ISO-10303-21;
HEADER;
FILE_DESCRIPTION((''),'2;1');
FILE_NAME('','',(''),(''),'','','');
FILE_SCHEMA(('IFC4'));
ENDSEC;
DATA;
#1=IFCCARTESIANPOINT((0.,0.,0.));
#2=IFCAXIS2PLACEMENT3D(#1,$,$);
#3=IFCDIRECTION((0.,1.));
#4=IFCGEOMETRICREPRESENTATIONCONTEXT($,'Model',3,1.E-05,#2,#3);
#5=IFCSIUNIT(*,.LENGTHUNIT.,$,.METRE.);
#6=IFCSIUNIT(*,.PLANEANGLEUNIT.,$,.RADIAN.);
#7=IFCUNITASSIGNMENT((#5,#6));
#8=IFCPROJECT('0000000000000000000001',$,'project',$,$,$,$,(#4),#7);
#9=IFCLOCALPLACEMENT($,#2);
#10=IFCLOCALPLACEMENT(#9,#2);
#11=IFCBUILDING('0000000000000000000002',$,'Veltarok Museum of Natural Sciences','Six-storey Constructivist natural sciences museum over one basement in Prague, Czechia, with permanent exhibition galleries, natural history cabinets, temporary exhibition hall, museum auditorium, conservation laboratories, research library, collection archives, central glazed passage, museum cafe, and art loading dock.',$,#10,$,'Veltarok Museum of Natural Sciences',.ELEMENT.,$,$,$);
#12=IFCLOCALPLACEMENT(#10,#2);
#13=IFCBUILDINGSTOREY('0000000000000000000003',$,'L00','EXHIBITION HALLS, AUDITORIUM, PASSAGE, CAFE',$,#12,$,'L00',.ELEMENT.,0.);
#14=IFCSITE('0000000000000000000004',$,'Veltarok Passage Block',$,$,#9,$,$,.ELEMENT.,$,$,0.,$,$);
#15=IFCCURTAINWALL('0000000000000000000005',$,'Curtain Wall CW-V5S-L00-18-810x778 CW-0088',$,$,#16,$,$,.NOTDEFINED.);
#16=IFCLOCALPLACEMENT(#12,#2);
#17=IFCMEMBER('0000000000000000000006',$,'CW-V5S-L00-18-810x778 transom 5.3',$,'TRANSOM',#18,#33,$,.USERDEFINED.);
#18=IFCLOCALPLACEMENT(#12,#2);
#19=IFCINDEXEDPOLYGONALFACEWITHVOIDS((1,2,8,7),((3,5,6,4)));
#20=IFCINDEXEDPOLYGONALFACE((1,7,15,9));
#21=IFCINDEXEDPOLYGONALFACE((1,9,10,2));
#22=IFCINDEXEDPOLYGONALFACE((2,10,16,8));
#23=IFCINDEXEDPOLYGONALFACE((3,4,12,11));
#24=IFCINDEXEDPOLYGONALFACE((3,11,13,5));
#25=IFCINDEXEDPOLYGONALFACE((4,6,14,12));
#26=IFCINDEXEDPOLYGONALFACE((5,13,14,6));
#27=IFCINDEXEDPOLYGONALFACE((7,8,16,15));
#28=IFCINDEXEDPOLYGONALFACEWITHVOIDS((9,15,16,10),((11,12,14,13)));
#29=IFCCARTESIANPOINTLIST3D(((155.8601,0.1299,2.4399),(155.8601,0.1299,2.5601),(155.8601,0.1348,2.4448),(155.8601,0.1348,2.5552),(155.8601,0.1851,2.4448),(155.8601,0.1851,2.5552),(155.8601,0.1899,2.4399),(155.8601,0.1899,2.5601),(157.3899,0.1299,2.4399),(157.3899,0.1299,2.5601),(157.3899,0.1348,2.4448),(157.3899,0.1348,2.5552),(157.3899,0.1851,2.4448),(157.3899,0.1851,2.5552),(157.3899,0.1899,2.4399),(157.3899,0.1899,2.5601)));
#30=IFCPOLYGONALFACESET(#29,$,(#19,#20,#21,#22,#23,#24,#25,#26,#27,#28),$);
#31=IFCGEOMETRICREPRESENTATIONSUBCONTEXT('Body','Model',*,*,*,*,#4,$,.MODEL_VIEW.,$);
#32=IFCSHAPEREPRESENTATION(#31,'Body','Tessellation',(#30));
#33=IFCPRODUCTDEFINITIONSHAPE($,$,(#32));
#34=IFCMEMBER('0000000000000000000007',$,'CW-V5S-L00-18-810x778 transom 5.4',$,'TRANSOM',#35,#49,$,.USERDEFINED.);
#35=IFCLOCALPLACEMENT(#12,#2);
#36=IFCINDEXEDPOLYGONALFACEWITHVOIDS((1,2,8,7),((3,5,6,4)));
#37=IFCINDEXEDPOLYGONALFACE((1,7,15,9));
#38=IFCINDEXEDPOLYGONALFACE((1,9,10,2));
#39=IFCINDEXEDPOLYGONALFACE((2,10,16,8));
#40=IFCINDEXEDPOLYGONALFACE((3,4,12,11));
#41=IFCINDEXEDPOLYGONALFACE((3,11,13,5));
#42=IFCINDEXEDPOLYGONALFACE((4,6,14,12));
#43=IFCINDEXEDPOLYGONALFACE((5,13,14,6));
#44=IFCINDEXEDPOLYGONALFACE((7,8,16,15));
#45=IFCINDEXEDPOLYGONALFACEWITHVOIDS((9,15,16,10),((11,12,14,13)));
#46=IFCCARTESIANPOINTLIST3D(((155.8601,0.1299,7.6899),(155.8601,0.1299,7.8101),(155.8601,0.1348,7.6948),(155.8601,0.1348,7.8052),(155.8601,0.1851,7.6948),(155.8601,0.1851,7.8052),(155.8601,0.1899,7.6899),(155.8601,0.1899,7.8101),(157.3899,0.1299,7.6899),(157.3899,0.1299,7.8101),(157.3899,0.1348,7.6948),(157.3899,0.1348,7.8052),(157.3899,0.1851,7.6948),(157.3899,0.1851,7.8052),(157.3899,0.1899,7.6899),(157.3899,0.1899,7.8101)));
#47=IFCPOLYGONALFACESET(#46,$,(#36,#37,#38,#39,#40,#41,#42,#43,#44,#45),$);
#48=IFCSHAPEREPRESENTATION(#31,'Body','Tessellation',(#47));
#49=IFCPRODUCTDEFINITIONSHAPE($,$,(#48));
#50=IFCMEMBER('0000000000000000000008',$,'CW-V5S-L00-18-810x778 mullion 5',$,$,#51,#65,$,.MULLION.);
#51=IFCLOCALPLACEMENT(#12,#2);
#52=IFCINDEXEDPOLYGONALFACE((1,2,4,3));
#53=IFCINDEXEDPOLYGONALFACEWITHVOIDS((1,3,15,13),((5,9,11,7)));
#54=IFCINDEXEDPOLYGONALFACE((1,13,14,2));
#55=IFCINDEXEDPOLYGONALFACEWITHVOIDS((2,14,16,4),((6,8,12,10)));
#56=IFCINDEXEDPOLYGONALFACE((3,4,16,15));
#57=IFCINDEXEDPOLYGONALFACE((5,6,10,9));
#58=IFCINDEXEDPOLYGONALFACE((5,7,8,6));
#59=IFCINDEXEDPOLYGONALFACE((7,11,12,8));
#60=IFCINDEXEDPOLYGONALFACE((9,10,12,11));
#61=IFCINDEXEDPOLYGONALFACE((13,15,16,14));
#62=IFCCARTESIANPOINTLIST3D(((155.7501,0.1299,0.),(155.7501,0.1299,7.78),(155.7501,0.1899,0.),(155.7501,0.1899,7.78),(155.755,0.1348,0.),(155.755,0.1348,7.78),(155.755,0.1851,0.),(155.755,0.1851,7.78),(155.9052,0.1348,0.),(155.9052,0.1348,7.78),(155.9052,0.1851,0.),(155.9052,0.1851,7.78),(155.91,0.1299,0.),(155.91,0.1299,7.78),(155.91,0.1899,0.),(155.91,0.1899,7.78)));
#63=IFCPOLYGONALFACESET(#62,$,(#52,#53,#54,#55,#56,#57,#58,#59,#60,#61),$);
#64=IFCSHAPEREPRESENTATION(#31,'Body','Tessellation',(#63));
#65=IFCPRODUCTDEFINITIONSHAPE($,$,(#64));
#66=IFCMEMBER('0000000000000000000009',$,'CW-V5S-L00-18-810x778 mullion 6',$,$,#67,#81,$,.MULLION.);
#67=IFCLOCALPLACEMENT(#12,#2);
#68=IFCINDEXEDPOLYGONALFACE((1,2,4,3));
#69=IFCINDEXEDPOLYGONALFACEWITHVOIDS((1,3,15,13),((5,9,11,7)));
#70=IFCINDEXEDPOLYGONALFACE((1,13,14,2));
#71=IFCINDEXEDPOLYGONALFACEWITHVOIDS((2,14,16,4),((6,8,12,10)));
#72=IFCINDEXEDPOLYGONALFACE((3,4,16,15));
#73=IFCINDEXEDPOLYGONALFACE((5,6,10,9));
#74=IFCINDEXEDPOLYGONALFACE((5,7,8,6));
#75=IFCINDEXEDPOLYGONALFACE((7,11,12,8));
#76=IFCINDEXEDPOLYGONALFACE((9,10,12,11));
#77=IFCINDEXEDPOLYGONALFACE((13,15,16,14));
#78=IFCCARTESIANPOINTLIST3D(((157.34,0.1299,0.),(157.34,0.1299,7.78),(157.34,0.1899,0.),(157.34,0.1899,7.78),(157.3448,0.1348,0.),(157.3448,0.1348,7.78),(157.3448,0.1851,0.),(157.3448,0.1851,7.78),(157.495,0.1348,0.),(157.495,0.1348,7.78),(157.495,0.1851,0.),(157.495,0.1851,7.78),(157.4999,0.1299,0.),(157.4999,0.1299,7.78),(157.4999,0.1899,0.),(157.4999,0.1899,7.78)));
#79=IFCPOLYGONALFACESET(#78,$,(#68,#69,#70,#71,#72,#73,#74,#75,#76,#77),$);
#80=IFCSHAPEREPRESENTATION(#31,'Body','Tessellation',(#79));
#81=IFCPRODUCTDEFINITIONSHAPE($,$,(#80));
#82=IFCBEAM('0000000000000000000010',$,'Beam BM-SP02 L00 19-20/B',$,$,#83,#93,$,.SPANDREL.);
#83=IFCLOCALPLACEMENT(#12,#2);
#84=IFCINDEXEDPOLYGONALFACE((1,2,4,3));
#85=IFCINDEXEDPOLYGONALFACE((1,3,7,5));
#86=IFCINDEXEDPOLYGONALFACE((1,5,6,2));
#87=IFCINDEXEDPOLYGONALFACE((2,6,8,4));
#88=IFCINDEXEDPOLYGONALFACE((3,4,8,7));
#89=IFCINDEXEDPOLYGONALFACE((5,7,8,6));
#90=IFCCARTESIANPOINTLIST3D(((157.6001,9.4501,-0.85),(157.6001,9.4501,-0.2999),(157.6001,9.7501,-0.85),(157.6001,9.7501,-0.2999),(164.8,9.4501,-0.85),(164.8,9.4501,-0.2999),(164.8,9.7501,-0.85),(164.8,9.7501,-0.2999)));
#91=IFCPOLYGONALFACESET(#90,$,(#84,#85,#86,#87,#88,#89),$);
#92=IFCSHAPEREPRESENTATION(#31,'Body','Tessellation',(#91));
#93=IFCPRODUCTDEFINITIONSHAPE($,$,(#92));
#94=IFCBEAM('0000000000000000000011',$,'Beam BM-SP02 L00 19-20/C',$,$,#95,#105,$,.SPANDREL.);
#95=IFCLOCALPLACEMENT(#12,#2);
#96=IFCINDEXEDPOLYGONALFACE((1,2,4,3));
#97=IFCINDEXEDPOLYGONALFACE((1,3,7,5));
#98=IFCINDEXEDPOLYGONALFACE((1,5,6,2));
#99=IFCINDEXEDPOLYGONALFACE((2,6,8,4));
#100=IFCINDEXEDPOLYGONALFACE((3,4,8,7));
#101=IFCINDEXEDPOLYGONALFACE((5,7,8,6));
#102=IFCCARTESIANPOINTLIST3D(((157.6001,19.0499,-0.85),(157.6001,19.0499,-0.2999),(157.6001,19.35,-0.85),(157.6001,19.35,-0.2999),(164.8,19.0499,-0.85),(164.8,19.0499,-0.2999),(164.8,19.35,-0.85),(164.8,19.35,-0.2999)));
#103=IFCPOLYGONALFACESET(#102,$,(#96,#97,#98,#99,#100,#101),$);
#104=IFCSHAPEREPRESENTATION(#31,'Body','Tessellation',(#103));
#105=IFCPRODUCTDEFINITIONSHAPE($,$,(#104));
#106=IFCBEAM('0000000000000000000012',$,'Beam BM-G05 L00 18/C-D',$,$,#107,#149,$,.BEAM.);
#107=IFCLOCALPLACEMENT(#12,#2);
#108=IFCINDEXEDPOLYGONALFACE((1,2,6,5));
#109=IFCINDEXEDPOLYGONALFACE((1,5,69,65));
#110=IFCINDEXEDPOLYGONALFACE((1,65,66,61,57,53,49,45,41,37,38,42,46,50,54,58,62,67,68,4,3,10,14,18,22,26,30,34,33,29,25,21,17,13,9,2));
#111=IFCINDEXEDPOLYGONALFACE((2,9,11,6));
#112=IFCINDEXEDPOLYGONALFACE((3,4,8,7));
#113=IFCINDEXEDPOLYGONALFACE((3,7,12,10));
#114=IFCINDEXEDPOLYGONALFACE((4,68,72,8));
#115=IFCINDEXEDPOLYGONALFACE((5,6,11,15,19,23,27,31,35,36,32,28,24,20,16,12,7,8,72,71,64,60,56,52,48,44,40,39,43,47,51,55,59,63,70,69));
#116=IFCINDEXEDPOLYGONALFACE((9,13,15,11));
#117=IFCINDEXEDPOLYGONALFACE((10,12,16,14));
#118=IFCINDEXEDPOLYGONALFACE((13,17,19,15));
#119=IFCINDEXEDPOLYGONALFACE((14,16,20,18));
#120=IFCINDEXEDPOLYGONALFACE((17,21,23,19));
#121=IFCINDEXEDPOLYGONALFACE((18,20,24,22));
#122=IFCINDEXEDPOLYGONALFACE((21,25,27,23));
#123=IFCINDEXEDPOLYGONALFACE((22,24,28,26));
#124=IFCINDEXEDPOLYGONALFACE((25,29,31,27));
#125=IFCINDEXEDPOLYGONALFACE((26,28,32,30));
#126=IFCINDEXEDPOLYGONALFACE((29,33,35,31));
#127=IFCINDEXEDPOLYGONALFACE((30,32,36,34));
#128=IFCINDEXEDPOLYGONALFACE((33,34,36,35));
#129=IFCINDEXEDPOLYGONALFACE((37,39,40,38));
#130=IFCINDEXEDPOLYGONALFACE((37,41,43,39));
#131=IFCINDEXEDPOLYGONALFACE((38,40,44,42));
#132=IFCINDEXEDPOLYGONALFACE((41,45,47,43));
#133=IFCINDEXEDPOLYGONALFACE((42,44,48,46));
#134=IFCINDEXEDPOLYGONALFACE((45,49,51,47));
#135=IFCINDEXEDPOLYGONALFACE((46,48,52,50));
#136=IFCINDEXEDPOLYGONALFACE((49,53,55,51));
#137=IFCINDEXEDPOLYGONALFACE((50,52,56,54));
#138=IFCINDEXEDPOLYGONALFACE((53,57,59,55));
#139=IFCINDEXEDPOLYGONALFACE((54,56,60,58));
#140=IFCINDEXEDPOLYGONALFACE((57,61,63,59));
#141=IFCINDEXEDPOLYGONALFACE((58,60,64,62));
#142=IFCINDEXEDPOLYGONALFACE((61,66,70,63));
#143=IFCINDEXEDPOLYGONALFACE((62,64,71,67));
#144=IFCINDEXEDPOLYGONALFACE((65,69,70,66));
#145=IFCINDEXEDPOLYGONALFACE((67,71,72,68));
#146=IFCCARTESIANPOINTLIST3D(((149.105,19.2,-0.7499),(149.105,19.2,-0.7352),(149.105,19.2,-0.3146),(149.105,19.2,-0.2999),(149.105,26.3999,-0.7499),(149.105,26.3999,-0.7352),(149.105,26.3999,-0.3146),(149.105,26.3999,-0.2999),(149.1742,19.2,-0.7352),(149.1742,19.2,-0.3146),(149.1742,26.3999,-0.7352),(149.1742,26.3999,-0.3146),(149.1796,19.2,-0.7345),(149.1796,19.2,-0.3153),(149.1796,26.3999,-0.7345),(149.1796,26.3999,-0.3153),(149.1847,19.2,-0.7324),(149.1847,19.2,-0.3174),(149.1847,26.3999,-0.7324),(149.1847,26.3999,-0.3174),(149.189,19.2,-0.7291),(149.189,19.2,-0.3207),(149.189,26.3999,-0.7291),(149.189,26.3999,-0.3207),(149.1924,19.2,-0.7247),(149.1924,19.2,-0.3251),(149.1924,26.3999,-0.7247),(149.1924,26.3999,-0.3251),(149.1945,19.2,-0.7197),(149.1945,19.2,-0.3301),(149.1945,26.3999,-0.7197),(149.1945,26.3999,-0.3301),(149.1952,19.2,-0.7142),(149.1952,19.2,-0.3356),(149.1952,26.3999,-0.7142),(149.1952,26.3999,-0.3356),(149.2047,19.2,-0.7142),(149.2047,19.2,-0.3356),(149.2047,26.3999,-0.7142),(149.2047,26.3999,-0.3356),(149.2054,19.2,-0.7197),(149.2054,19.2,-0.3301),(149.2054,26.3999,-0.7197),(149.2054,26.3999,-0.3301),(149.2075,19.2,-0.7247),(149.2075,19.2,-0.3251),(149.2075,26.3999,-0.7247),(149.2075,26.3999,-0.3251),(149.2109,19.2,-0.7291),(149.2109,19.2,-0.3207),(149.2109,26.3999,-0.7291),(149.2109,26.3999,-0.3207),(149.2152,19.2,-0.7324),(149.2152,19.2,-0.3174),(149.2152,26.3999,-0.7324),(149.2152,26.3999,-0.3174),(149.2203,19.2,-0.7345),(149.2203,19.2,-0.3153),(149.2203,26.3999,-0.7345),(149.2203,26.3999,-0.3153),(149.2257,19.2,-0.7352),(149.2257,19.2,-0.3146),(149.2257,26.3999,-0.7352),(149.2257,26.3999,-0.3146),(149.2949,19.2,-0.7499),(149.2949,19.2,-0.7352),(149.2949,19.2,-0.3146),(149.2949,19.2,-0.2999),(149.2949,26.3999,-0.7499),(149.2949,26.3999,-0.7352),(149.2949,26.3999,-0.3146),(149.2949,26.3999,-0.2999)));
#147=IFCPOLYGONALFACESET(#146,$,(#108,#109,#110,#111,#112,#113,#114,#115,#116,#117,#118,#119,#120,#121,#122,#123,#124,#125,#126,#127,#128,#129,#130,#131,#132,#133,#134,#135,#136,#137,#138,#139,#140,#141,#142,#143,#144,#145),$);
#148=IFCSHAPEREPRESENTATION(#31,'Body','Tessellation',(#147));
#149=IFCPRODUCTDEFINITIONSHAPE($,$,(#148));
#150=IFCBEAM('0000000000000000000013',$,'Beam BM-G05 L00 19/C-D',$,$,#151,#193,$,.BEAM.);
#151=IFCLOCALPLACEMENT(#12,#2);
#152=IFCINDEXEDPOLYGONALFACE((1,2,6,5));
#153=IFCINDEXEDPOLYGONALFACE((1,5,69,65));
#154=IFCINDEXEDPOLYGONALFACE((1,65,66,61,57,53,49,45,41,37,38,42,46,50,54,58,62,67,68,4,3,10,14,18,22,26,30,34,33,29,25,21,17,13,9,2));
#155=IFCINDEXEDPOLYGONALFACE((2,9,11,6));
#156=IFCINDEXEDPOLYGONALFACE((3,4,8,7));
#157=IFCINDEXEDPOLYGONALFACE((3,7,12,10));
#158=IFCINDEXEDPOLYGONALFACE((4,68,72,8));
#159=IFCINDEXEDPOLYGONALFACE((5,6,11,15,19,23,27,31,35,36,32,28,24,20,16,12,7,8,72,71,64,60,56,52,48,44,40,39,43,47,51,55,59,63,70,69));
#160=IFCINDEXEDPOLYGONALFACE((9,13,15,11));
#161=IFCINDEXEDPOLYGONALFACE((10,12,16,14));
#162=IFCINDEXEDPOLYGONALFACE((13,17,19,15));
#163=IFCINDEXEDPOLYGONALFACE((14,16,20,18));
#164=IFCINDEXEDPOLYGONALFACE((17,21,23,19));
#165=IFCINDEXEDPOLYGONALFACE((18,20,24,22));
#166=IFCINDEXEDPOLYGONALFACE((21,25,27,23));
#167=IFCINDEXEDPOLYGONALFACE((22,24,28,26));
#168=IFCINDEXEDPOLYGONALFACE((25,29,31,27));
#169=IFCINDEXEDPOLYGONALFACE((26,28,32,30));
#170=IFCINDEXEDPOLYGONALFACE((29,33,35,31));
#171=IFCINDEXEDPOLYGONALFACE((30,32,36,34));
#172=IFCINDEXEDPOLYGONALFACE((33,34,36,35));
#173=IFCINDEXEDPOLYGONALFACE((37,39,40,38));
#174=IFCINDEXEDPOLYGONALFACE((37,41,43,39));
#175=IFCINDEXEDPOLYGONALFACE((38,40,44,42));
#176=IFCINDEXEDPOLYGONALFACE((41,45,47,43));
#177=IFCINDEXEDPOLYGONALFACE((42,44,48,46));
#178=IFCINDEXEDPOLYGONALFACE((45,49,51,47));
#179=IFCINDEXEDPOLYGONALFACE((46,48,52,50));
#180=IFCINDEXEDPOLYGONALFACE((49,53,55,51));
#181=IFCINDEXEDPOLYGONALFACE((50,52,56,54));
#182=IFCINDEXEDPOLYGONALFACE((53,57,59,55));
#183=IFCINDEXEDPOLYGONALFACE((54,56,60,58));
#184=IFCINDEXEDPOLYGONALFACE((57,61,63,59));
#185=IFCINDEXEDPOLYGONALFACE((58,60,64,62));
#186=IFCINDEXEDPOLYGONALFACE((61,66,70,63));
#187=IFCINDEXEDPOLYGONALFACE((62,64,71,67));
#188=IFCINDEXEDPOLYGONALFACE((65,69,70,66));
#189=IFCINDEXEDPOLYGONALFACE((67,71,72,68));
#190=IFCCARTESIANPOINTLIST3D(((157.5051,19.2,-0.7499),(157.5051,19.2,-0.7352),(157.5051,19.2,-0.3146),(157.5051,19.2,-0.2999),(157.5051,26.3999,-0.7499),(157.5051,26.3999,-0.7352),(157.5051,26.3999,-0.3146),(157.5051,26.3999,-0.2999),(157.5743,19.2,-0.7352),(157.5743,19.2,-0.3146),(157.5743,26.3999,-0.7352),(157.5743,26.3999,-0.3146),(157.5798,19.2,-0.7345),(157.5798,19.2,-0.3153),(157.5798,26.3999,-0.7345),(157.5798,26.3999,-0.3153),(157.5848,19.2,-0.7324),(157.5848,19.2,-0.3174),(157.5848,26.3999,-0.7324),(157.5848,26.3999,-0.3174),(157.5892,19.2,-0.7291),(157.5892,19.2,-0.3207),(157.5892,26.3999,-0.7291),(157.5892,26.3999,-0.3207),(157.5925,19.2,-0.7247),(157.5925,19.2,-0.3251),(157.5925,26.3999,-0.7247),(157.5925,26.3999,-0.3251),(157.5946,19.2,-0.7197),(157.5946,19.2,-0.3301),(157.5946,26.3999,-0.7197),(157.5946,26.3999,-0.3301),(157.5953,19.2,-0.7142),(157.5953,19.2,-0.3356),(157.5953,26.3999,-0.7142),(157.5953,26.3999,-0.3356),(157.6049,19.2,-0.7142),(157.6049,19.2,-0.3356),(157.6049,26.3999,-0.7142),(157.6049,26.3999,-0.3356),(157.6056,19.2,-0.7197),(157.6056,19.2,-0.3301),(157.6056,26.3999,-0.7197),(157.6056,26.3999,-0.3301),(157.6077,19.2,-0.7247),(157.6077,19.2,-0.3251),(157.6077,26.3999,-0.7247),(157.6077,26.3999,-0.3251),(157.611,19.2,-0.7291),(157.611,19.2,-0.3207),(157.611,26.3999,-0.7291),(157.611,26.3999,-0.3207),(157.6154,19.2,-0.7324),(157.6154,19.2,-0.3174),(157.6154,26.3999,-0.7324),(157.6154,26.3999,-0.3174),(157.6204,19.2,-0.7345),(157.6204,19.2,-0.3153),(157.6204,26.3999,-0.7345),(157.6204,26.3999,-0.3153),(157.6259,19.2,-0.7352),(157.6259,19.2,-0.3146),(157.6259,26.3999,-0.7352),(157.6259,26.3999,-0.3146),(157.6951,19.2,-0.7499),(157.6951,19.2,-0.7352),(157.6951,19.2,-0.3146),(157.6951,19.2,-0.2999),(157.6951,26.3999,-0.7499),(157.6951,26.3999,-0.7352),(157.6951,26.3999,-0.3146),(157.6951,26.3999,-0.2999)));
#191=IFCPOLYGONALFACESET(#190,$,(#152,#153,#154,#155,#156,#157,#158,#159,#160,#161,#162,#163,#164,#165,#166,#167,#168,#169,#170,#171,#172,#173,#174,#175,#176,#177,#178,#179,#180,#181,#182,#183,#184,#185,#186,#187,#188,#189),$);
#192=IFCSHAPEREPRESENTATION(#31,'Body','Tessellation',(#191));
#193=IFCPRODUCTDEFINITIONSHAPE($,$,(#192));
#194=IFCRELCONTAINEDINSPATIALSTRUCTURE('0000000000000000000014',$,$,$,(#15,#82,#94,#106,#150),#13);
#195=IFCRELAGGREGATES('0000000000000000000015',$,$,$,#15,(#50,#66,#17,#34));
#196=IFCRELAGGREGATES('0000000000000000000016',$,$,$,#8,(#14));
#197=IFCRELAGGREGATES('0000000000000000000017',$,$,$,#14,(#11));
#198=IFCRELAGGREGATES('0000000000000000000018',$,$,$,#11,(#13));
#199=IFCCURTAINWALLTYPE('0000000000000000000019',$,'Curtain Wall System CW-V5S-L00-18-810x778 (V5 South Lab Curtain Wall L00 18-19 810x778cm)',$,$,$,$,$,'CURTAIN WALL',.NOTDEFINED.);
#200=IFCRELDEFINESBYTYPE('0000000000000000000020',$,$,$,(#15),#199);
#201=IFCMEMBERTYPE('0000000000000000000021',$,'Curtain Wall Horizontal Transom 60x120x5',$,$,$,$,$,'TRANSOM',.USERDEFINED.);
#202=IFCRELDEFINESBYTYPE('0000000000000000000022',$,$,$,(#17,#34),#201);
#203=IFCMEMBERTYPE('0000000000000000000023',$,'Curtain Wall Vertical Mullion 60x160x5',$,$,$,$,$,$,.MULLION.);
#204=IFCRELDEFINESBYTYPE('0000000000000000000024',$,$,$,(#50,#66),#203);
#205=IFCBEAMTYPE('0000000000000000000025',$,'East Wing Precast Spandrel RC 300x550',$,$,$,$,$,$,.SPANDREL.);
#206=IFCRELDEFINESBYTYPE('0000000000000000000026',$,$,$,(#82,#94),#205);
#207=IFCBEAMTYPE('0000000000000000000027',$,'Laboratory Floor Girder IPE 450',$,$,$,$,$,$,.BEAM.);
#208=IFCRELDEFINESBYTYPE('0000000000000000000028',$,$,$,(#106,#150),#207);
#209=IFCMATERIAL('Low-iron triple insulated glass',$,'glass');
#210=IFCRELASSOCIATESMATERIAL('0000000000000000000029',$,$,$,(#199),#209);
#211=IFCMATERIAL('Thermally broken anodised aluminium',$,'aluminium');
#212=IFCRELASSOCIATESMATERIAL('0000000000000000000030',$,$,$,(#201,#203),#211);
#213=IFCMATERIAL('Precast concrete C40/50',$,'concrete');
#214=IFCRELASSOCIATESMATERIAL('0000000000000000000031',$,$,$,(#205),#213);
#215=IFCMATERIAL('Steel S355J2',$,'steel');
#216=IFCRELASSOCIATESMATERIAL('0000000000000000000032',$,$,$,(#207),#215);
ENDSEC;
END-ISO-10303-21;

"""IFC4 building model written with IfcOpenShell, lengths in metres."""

from ifc_helpers import new_model, si_unit, direction, frame, origin, origin_2d, place, context, subcontext, project, spatial, rectangle, hollow_rectangle, i_section, extrude, material, material_profile, profile_set, type_object, element, aggregate, save


model = new_model("IFC4")

# Units and contexts
model_context = context("Model", 3, precision=1e-05, world=origin(), true_north=direction((0.0, 1.0)))
body_context = subcontext(model_context, "Body", "Model", "MODEL_VIEW")
ifc_project = project(units=[si_unit("LENGTHUNIT", "METRE"), si_unit("PLANEANGLEUNIT", "RADIAN")], contexts=[model_context])

# Site, building, storey
site_placement = place(None, origin())
site = spatial("IfcSite", under=ifc_project, at=site_placement, Name="Veltarok Passage Block", CompositionType="ELEMENT", RefElevation=0.0)
building_placement = place(site_placement, origin())
building = spatial("IfcBuilding", under=site, at=building_placement, Name="Veltarok Museum of Natural Sciences", Description="Six-storey Constructivist natural sciences museum over one basement in Prague, Czechia, with permanent exhibition galleries, natural history cabinets, temporary exhibition hall, museum auditorium, conservation laboratories, research library, collection archives, central glazed passage, museum cafe, and art loading dock.", LongName="Veltarok Museum of Natural Sciences", CompositionType="ELEMENT")
storey_placement = place(building_placement, origin())
storey = spatial("IfcBuildingStorey", under=building, at=storey_placement, Name="L00", Description="EXHIBITION HALLS, AUDITORIUM, PASSAGE, CAFE", LongName="L00", CompositionType="ELEMENT", Elevation=0.0)

# Shared definitions
ifc_material_1 = material(Name="Steel S355J2", Category="steel")

# Curtain wall, members
ifc_material_2 = material(Name="Low-iron triple insulated glass", Category="glass")
curtain_wall_type = type_object("IfcCurtainWallType", Name="Curtain Wall System CW-V5S-L00-18-810x778 (V5 South Lab Curtain Wall L00 18-19 810x778cm)", ElementType="CURTAIN WALL", PredefinedType="NOTDEFINED", material=ifc_material_2)
curtain_wall_placement = place(storey_placement, origin())
curtain_wall = element("IfcCurtainWall", 1, at=curtain_wall_placement, inside=storey, type_object=curtain_wall_type, Name="Curtain Wall CW-V5S-L00-18-810x778 CW-0088", PredefinedType="NOTDEFINED")
ifc_material_3 = material(Name="Thermally broken anodised aluminium", Category="aluminium")
ifc_material_profile_1 = material_profile(ifc_material_3, hollow_rectangle(XDim=0.0601, YDim=0.1201, WallThickness=0.0049, at=origin_2d()), Name="CW TRANSOM 60x120x5")
ifc_profile_set_1 = profile_set([ifc_material_profile_1], Name="Thermally broken anodised aluminium")
member_type_1 = type_object("IfcMemberType", Name="Curtain Wall Horizontal Transom 60x120x5", ElementType="TRANSOM", PredefinedType="USERDEFINED", material=ifc_profile_set_1)
member_1_placement = place(storey_placement, frame((155.8601, 0.1599, 2.5), z_axis=(1.0, 0.0, 0.0), x_axis=(0.0, 1.0, 0.0)))
member_1 = element("IfcMember", 2, at=member_1_placement, type_object=member_type_1, Name="CW-V5S-L00-18-810x778 transom 5.3", ObjectType="TRANSOM", PredefinedType="USERDEFINED", context=body_context, shape_type="SweptSolid", body=[
    extrude(hollow_rectangle(XDim=0.0601, YDim=0.1201, WallThickness=0.0049, at=origin_2d()), origin(), (0.0, 0.0, 1.0), 1.5298),
])
member_2_placement = place(storey_placement, frame((155.8601, 0.1599, 7.75), z_axis=(1.0, 0.0, 0.0), x_axis=(0.0, 1.0, 0.0)))
member_2 = element("IfcMember", 3, at=member_2_placement, type_object=member_type_1, Name="CW-V5S-L00-18-810x778 transom 5.4", ObjectType="TRANSOM", PredefinedType="USERDEFINED", context=body_context, shape_type="SweptSolid", body=[
    extrude(hollow_rectangle(XDim=0.0601, YDim=0.1201, WallThickness=0.0049, at=origin_2d()), origin(), (0.0, 0.0, 1.0), 1.5298),
])
ifc_material_profile_2 = material_profile(ifc_material_3, hollow_rectangle(XDim=0.0601, YDim=0.1599, WallThickness=0.0049, at=origin_2d()), Name="CW MULLION 60x160x5")
ifc_profile_set_2 = profile_set([ifc_material_profile_2], Name="Thermally broken anodised aluminium")
member_type_2 = type_object("IfcMemberType", Name="Curtain Wall Vertical Mullion 60x160x5", PredefinedType="MULLION", material=ifc_profile_set_2)
member_3_placement = place(storey_placement, frame((155.8301, 0.1599, 0.0), z_axis=(0.0, 0.0, 1.0), x_axis=(0.0, 1.0, 0.0)))
member_3 = element("IfcMember", 4, at=member_3_placement, type_object=member_type_2, Name="CW-V5S-L00-18-810x778 mullion 5", PredefinedType="MULLION", context=body_context, shape_type="SweptSolid", body=[
    extrude(hollow_rectangle(XDim=0.0601, YDim=0.1599, WallThickness=0.0049, at=origin_2d()), origin(), (0.0, 0.0, 1.0), 7.78),
])
member_4_placement = place(storey_placement, frame((157.4199, 0.1599, 0.0), z_axis=(0.0, 0.0, 1.0), x_axis=(0.0, 1.0, 0.0)))
member_4 = element("IfcMember", 5, at=member_4_placement, type_object=member_type_2, Name="CW-V5S-L00-18-810x778 mullion 6", PredefinedType="MULLION", context=body_context, shape_type="SweptSolid", body=[
    extrude(hollow_rectangle(XDim=0.0601, YDim=0.1599, WallThickness=0.0049, at=origin_2d()), origin(), (0.0, 0.0, 1.0), 7.78),
])

# Beams
ifc_material_4 = material(Name="Precast concrete C40/50", Category="concrete")
ifc_material_profile_3 = material_profile(ifc_material_4, rectangle(XDim=0.3, YDim=0.55, at=origin_2d()), Name="RC 300x550")
ifc_profile_set_3 = profile_set([ifc_material_profile_3], Name="Precast concrete C40/50")
beam_type_1 = type_object("IfcBeamType", Name="East Wing Precast Spandrel RC 300x550", PredefinedType="SPANDREL", material=ifc_profile_set_3)
for number, where, z_axis, x_axis, name in (
    (6, (157.6001, 9.6001, -0.575), (1.0, 0.0, 0.0), (0.0, 1.0, 0.0), "Beam BM-SP02 L00 19-20/B"),
    (7, (157.6001, 19.2, -0.575), (1.0, 0.0, 0.0), (0.0, 1.0, 0.0), "Beam BM-SP02 L00 19-20/C"),
):
    element("IfcBeam", number, at=place(storey_placement, frame(where, z_axis=z_axis, x_axis=x_axis)), inside=storey, type_object=beam_type_1, Name=name, PredefinedType="SPANDREL", context=body_context, shape_type="SweptSolid", body=[
        extrude(rectangle(XDim=0.3, YDim=0.55, at=origin_2d()), origin(), (0.0, 0.0, 1.0), 7.2),
    ])
ifc_material_profile_4 = material_profile(ifc_material_1, i_section(OverallWidth=0.1899, OverallDepth=0.45, WebThickness=0.0095, FlangeThickness=0.0146, FilletRadius=0.021, at=origin_2d()), Name="IPE 450")
ifc_profile_set_4 = profile_set([ifc_material_profile_4], Name="Steel S355J2")
beam_type_2 = type_object("IfcBeamType", Name="Laboratory Floor Girder IPE 450", PredefinedType="BEAM", material=ifc_profile_set_4)
for number, where, z_axis, x_axis, name in (
    (8, (149.2, 19.2, -0.5249), (0.0, 1.0, 0.0), (-1.0, 0.0, 0.0), "Beam BM-G05 L00 18/C-D"),
    (9, (157.6001, 19.2, -0.5249), (0.0, 1.0, 0.0), (-1.0, 0.0, 0.0), "Beam BM-G05 L00 19/C-D"),
):
    element("IfcBeam", number, at=place(storey_placement, frame(where, z_axis=z_axis, x_axis=x_axis)), inside=storey, type_object=beam_type_2, Name=name, PredefinedType="BEAM", context=body_context, shape_type="SweptSolid", body=[
        extrude(i_section(OverallWidth=0.1899, OverallDepth=0.45, WebThickness=0.0095, FlangeThickness=0.0146, FilletRadius=0.021, at=origin_2d()), origin(), (0.0, 0.0, 1.0), 7.2),
    ])

aggregate(curtain_wall, [member_3, member_4, member_1, member_2])

save(model, "model.ifc")
